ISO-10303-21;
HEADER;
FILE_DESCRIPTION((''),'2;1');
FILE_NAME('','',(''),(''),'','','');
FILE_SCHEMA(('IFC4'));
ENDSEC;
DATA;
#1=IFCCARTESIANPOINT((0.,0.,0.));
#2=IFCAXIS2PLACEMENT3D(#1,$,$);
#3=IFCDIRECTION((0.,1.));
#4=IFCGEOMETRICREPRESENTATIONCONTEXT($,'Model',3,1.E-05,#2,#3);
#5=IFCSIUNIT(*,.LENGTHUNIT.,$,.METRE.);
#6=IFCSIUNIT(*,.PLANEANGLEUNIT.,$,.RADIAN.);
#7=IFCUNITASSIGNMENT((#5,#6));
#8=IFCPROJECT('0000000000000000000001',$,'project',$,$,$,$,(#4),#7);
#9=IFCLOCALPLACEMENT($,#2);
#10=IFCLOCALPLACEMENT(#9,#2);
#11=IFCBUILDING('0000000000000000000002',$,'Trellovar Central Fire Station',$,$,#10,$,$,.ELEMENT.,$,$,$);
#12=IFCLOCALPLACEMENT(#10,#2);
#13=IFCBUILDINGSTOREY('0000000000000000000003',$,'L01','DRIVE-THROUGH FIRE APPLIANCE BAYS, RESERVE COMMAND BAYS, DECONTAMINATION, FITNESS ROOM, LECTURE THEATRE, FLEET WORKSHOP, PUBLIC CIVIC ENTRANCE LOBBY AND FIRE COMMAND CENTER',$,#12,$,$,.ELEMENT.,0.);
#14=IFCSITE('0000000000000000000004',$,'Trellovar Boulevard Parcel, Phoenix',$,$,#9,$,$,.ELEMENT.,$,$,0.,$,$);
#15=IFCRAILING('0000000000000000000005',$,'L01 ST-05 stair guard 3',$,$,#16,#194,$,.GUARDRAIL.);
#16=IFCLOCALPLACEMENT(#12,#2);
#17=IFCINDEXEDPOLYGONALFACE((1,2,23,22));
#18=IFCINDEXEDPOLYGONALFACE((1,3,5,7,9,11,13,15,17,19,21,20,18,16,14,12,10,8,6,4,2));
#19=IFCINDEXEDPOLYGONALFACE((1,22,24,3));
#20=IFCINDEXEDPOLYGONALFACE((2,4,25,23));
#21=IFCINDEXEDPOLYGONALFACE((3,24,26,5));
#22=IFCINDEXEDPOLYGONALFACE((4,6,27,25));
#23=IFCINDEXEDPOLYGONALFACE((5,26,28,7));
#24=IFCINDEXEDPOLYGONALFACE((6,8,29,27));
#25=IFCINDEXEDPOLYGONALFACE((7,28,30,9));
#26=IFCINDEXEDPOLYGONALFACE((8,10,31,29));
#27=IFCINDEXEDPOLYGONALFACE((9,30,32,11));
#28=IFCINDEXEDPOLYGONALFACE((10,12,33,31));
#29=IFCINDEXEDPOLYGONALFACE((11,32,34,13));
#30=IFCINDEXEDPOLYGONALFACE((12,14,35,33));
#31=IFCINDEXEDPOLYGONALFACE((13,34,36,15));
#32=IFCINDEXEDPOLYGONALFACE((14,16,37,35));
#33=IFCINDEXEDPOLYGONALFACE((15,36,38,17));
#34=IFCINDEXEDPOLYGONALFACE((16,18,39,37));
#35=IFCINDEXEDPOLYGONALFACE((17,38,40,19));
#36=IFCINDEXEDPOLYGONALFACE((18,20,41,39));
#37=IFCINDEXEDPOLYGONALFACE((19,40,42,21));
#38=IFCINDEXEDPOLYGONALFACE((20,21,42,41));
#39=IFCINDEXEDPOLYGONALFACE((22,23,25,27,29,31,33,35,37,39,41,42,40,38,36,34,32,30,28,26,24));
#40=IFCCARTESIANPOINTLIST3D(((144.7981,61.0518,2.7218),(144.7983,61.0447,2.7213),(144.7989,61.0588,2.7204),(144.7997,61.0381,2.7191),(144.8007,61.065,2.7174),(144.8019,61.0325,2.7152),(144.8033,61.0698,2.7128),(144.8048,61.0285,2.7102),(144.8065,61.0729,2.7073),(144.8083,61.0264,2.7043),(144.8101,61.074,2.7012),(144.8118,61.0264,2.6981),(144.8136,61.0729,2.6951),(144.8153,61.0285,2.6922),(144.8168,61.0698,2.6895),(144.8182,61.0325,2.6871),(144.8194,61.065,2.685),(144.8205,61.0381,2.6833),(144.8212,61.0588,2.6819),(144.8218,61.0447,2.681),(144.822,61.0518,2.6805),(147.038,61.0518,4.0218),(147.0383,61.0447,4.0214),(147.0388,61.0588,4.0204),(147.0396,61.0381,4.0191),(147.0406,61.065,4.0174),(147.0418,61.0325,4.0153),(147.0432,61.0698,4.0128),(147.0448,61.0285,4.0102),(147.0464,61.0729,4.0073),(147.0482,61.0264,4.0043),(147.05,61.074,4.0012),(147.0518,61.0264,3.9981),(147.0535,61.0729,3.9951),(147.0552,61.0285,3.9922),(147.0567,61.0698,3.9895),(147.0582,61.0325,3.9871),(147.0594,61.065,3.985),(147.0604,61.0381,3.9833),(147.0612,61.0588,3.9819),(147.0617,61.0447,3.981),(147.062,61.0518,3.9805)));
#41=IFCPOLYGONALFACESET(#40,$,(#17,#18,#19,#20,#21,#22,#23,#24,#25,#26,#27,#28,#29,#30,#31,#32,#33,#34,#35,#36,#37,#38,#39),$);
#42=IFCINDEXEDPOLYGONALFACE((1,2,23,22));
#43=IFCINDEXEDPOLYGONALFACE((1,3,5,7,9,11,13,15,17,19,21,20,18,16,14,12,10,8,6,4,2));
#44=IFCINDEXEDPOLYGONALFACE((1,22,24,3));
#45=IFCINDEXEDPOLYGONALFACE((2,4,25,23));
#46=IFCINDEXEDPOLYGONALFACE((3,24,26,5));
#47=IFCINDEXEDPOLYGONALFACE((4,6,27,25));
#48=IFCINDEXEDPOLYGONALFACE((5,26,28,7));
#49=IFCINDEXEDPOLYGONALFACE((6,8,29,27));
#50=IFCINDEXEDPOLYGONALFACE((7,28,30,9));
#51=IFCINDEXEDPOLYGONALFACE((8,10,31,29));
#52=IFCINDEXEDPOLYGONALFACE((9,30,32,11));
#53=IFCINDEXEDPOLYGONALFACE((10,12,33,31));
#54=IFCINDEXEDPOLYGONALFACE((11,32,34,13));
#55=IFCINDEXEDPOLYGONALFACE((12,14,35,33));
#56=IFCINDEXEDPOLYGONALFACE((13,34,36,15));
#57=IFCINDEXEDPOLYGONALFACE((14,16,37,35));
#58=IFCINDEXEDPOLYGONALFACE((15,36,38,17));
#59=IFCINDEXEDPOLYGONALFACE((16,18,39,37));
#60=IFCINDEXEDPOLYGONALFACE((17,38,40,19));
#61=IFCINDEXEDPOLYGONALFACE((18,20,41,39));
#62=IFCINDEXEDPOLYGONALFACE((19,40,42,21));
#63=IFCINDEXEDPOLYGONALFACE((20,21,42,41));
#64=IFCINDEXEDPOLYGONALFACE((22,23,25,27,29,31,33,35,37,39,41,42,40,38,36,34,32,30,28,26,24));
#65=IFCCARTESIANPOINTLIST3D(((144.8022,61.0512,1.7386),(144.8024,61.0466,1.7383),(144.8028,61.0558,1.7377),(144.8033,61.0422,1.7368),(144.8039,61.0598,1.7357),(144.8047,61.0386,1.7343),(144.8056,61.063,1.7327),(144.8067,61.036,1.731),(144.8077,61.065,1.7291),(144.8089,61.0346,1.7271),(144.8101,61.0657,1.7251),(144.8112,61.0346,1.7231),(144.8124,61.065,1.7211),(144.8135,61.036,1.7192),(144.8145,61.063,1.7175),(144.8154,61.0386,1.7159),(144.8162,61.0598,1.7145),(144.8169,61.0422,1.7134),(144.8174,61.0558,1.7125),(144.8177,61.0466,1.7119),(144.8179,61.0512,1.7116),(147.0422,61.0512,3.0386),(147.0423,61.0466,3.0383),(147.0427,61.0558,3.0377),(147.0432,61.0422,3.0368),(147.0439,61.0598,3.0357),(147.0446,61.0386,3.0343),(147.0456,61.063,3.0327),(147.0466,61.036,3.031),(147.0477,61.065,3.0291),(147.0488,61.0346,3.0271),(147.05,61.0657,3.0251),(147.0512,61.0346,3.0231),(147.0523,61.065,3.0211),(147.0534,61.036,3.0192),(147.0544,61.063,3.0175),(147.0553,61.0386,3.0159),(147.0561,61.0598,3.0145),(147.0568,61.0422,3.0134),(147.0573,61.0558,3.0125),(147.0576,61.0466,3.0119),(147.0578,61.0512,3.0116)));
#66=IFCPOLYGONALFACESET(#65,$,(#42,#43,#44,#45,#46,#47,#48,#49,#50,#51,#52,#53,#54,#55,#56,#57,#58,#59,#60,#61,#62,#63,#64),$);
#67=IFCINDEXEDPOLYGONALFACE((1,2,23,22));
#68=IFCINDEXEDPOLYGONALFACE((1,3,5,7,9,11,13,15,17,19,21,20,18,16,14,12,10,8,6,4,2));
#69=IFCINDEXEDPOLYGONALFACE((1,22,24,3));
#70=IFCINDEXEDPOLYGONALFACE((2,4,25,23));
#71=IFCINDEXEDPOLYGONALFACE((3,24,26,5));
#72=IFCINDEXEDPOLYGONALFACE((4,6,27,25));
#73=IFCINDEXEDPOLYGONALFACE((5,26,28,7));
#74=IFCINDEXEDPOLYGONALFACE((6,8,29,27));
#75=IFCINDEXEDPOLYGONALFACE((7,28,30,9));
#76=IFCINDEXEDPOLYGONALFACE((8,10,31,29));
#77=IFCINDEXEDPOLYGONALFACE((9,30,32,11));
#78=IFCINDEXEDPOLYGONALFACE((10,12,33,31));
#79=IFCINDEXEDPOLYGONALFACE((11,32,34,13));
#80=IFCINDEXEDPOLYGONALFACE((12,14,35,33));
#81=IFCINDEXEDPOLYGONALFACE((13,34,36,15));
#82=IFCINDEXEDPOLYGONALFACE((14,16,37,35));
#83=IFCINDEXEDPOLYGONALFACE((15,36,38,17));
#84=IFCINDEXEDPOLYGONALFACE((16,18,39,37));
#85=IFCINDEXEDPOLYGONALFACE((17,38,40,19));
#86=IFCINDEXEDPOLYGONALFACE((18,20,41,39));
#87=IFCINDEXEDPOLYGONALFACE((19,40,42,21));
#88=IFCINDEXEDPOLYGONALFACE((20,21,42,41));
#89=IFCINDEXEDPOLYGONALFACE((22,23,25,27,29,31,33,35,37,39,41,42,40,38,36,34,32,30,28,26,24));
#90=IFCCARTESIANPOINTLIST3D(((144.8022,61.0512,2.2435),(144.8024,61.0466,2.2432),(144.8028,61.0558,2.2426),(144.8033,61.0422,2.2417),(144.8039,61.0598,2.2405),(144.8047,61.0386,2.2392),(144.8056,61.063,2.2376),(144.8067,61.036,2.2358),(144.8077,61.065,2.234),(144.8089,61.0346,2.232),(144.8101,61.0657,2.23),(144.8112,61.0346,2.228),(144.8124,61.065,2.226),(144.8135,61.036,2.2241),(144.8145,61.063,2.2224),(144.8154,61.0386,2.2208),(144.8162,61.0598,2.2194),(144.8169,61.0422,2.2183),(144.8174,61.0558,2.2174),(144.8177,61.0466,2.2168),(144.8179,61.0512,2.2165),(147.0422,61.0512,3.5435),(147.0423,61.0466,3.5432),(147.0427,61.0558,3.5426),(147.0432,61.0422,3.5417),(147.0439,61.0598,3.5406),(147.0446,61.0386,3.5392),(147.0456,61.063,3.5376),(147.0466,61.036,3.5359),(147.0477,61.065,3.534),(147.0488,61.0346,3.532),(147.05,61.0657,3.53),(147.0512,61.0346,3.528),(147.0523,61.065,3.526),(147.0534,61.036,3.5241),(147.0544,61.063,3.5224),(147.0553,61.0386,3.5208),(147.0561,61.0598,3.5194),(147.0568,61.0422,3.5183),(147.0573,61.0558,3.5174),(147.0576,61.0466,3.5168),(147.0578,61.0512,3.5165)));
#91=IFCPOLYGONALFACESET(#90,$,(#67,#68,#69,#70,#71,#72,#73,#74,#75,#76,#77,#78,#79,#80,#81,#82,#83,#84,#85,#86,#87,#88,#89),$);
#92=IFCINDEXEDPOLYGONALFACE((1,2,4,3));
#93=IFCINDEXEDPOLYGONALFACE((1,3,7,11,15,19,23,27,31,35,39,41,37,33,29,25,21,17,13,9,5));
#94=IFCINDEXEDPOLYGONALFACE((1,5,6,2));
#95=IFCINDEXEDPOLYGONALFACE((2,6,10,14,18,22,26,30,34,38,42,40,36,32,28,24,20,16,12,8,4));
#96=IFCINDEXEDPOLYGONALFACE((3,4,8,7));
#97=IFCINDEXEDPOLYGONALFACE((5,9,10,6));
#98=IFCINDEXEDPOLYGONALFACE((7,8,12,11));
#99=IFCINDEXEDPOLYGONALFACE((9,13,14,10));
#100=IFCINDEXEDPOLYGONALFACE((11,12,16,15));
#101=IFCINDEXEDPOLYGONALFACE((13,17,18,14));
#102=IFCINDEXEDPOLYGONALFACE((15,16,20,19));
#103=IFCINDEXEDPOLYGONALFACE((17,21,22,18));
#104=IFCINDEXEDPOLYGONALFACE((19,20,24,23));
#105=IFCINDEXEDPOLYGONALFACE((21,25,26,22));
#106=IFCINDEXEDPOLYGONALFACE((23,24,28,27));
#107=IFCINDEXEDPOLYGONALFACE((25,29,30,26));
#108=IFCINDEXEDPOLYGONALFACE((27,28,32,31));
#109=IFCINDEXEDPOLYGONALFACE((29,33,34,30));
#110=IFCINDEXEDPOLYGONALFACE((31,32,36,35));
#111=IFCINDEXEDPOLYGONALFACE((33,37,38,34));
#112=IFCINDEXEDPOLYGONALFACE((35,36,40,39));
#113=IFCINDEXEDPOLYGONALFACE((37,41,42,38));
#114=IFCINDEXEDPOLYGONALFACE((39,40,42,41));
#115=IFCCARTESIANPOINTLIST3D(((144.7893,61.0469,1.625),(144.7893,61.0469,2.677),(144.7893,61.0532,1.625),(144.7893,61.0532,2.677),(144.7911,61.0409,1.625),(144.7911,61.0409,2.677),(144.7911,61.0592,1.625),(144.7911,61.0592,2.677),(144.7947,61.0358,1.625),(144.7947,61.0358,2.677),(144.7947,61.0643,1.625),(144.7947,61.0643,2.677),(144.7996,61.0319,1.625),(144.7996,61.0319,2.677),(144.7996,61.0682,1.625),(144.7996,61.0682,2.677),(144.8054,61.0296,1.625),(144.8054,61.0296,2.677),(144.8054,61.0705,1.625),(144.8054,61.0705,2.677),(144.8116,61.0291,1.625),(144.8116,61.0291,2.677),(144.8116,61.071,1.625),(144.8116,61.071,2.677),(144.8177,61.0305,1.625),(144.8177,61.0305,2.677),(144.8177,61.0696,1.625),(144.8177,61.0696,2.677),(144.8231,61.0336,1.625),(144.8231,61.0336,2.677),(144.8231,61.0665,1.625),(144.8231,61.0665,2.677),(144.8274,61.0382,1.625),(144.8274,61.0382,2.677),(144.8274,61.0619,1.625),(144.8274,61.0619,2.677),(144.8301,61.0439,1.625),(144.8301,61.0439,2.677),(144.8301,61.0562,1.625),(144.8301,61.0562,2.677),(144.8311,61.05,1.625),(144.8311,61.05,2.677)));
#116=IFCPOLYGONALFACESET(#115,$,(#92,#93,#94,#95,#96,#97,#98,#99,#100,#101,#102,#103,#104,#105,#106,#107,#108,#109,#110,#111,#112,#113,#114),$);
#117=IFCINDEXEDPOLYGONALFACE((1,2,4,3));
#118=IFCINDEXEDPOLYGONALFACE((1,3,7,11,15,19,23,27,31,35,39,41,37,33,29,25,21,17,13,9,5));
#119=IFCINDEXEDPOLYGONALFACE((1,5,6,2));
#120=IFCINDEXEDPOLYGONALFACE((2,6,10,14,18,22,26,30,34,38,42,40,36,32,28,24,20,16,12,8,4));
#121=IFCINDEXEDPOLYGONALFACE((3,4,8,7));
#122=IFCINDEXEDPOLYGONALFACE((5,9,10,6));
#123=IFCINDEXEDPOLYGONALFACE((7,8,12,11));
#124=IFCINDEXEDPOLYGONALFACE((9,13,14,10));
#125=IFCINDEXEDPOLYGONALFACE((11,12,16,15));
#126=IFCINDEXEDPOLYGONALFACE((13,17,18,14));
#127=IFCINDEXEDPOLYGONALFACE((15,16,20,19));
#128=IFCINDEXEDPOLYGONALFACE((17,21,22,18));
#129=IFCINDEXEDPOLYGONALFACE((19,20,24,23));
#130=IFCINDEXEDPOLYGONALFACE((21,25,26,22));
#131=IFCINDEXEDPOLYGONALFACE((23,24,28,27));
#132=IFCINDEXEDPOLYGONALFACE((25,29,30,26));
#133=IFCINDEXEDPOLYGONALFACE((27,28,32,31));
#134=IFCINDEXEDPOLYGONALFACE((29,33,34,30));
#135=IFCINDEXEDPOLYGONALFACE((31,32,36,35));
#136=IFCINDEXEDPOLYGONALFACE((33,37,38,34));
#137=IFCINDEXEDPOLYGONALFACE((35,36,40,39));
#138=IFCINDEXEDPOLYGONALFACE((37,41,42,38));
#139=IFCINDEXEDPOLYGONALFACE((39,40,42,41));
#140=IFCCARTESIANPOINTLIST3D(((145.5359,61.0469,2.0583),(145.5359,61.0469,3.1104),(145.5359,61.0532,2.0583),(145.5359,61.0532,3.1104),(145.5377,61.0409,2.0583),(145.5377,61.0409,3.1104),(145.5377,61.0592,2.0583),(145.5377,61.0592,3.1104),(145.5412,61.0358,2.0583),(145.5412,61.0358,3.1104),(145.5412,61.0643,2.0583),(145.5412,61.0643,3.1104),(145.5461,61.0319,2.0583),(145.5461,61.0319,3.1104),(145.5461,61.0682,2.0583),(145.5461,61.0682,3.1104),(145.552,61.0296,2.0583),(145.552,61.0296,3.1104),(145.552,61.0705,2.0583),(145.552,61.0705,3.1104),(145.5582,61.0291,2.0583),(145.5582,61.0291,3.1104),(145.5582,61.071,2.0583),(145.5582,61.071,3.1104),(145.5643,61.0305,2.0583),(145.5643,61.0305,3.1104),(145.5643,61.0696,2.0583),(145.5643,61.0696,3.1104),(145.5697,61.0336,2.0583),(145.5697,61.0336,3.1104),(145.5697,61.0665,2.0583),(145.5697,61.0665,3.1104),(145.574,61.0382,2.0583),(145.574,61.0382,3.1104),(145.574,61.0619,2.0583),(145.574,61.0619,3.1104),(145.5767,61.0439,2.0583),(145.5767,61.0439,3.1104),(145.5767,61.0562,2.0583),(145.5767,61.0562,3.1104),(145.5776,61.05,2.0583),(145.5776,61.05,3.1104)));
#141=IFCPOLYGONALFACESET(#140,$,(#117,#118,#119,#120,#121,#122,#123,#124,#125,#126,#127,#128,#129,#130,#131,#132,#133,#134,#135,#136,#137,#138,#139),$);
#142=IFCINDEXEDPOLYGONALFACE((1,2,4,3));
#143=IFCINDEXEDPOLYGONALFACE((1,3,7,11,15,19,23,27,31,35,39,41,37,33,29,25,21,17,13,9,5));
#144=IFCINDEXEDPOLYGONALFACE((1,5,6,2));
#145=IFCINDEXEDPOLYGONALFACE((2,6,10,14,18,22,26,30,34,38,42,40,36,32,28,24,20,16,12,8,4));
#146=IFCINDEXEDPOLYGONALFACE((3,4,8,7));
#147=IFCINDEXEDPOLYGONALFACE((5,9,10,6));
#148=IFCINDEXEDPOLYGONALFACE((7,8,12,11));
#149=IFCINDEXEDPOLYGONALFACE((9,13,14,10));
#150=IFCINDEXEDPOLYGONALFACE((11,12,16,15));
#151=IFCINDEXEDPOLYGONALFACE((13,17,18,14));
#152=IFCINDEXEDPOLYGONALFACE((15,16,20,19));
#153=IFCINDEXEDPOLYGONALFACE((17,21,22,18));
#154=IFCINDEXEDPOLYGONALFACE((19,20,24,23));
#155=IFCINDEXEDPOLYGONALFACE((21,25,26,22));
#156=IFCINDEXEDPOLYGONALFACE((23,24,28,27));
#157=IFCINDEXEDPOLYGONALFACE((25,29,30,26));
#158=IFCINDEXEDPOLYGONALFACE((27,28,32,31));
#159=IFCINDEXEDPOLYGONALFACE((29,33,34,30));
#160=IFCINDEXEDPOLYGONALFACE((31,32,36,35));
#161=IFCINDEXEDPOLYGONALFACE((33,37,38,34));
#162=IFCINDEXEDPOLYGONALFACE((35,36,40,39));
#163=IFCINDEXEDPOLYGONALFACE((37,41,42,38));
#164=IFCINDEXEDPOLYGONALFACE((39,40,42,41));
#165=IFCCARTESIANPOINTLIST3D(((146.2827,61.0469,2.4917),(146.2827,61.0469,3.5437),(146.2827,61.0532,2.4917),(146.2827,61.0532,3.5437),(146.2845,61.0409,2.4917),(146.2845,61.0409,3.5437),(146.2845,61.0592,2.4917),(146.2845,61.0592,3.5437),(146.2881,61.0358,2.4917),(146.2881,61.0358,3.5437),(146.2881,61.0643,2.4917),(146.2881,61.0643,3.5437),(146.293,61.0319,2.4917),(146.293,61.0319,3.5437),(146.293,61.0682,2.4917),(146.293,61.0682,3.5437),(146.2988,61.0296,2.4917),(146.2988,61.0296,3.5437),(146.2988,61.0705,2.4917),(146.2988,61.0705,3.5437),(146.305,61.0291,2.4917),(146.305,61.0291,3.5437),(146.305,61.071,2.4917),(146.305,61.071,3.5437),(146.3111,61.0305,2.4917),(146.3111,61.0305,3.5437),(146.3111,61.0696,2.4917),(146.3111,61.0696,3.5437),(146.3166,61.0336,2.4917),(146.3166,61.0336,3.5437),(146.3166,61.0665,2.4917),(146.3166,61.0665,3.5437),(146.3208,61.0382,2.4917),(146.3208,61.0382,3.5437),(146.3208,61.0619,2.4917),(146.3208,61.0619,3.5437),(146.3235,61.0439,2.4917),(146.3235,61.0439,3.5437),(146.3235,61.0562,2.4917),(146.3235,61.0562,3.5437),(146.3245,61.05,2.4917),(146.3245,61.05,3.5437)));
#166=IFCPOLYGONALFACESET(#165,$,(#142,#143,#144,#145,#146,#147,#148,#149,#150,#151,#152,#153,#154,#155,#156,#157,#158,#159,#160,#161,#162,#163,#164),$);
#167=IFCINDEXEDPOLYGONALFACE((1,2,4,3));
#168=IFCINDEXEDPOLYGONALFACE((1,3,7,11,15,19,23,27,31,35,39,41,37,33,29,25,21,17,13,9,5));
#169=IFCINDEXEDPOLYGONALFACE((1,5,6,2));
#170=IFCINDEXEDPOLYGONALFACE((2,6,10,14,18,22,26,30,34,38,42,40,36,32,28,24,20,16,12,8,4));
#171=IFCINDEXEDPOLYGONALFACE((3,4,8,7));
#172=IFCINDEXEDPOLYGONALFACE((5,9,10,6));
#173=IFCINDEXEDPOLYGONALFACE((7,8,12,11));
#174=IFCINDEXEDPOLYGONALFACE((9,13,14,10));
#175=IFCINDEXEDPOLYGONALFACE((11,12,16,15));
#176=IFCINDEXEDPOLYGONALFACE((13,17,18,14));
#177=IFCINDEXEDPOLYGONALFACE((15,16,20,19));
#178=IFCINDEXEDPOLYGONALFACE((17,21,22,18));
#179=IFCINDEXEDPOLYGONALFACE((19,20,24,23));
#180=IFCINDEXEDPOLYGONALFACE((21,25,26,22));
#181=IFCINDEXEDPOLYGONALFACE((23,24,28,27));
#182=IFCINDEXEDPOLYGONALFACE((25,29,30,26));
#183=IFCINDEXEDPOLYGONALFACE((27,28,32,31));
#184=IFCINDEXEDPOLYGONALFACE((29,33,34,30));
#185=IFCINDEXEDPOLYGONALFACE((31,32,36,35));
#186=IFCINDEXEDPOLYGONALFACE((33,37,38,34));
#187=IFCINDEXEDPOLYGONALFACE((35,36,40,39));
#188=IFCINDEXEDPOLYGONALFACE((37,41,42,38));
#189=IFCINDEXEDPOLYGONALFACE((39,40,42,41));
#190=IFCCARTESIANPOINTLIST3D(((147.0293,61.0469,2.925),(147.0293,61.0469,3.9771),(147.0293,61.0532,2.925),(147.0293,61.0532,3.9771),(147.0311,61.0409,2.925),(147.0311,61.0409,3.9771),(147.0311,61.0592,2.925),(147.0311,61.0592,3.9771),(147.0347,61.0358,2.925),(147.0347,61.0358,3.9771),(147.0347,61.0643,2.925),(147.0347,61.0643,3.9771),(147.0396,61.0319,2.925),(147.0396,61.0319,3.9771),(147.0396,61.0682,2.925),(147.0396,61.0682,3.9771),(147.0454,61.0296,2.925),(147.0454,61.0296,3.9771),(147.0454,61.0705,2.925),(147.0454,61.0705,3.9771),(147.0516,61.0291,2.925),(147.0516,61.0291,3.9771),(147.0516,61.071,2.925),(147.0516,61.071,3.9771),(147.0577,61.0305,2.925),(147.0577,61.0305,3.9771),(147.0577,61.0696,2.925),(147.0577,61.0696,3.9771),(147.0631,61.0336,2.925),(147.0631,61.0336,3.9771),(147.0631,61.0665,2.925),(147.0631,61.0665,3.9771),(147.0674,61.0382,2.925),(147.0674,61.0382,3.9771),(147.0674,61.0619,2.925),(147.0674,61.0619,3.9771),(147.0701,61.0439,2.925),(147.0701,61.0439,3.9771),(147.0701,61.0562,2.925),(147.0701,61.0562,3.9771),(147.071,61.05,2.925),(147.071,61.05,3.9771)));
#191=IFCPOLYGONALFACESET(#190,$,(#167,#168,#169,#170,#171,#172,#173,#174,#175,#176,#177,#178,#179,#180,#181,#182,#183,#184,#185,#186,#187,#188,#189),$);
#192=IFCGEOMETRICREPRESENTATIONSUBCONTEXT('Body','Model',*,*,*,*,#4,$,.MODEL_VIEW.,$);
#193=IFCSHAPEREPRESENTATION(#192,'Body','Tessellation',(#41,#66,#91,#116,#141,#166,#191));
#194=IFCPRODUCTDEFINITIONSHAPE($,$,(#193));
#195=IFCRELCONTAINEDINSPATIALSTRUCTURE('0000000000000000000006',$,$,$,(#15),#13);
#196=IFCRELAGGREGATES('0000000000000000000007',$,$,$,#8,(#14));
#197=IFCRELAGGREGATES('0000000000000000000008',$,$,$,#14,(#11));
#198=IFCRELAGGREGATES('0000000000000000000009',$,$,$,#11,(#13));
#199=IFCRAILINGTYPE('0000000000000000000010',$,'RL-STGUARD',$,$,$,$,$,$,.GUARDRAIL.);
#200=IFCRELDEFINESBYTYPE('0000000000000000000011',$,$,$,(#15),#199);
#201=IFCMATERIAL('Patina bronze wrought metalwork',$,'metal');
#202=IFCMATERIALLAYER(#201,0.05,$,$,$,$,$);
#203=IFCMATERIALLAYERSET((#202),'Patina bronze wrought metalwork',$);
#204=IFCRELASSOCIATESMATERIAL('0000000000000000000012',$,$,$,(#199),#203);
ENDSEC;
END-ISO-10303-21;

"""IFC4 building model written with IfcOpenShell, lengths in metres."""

from ifc_helpers import new_model, si_unit, direction, frame, origin, origin_2d, place, context, subcontext, project, spatial, circle, extrude, material, layer, layer_set, type_object, element, save


model = new_model("IFC4")

# Units and contexts
model_context = context("Model", 3, precision=1e-05, world=origin(), true_north=direction((0.0, 1.0)))
body_context = subcontext(model_context, "Body", "Model", "MODEL_VIEW")
ifc_project = project(units=[si_unit("LENGTHUNIT", "METRE"), si_unit("PLANEANGLEUNIT", "RADIAN")], contexts=[model_context])

# Site, building, storey
site_placement = place(None, origin())
site = spatial("IfcSite", under=ifc_project, at=site_placement, Name="Trellovar Boulevard Parcel, Phoenix", CompositionType="ELEMENT", RefElevation=0.0)
building_placement = place(site_placement, origin())
building = spatial("IfcBuilding", under=site, at=building_placement, Name="Trellovar Central Fire Station", CompositionType="ELEMENT")
storey_placement = place(building_placement, origin())
storey = spatial("IfcBuildingStorey", under=building, at=storey_placement, Name="L01", Description="DRIVE-THROUGH FIRE APPLIANCE BAYS, RESERVE COMMAND BAYS, DECONTAMINATION, FITNESS ROOM, LECTURE THEATRE, FLEET WORKSHOP, PUBLIC CIVIC ENTRANCE LOBBY AND FIRE COMMAND CENTER", CompositionType="ELEMENT", Elevation=0.0)

# Railing
ifc_material_1 = material(Name="Patina bronze wrought metalwork", Category="metal")
ifc_layer_1 = layer(ifc_material_1, 0.05)
ifc_layer_set_1 = layer_set([ifc_layer_1], Name="Patina bronze wrought metalwork")
railing_type_1 = type_object("IfcRailingType", Name="RL-STGUARD", PredefinedType="GUARDRAIL", material=ifc_layer_set_1)
railing_1_placement = place(storey_placement, frame((144.8101, 61.05, 1.625)))
element("IfcRailing", 1, at=railing_1_placement, inside=storey, type_object=railing_type_1, Name="L01 ST-05 stair guard 3", PredefinedType="GUARDRAIL", context=body_context, shape_type="SweptSolid", body=[
    extrude(circle(Radius=0.0239, at=origin_2d()), frame((0.0, 0.0, 1.0762), z_axis=(0.864888, 0.0, 0.501965), x_axis=(0.0, 1.0, 0.0)), (0.0, 0.0, 1.0), 2.5898),
    extrude(circle(Radius=0.0156, at=origin_2d()), frame((0.0, 0.0, 0.1001), z_axis=(0.864888, 0.0, 0.501965), x_axis=(0.0, 1.0, 0.0)), (0.0, 0.0, 1.0), 2.5898),
    extrude(circle(Radius=0.0156, at=origin_2d()), frame((0.0, 0.0, 0.605), z_axis=(0.864888, 0.0, 0.501965), x_axis=(0.0, 1.0, 0.0)), (0.0, 0.0, 1.0), 2.5898),
    extrude(circle(Radius=0.021, at=origin_2d()), origin(), (0.0, 0.0, 1.0), 1.052),
    extrude(circle(Radius=0.021, at=origin_2d()), frame((0.7466, 0.0, 0.4333)), (0.0, 0.0, 1.0), 1.052),
    extrude(circle(Radius=0.021, at=origin_2d()), frame((1.4934, 0.0, 0.8667)), (0.0, 0.0, 1.0), 1.052),
    extrude(circle(Radius=0.021, at=origin_2d()), frame((2.24, 0.0, 1.3)), (0.0, 0.0, 1.0), 1.052),
])

save(model, "model.ifc")
